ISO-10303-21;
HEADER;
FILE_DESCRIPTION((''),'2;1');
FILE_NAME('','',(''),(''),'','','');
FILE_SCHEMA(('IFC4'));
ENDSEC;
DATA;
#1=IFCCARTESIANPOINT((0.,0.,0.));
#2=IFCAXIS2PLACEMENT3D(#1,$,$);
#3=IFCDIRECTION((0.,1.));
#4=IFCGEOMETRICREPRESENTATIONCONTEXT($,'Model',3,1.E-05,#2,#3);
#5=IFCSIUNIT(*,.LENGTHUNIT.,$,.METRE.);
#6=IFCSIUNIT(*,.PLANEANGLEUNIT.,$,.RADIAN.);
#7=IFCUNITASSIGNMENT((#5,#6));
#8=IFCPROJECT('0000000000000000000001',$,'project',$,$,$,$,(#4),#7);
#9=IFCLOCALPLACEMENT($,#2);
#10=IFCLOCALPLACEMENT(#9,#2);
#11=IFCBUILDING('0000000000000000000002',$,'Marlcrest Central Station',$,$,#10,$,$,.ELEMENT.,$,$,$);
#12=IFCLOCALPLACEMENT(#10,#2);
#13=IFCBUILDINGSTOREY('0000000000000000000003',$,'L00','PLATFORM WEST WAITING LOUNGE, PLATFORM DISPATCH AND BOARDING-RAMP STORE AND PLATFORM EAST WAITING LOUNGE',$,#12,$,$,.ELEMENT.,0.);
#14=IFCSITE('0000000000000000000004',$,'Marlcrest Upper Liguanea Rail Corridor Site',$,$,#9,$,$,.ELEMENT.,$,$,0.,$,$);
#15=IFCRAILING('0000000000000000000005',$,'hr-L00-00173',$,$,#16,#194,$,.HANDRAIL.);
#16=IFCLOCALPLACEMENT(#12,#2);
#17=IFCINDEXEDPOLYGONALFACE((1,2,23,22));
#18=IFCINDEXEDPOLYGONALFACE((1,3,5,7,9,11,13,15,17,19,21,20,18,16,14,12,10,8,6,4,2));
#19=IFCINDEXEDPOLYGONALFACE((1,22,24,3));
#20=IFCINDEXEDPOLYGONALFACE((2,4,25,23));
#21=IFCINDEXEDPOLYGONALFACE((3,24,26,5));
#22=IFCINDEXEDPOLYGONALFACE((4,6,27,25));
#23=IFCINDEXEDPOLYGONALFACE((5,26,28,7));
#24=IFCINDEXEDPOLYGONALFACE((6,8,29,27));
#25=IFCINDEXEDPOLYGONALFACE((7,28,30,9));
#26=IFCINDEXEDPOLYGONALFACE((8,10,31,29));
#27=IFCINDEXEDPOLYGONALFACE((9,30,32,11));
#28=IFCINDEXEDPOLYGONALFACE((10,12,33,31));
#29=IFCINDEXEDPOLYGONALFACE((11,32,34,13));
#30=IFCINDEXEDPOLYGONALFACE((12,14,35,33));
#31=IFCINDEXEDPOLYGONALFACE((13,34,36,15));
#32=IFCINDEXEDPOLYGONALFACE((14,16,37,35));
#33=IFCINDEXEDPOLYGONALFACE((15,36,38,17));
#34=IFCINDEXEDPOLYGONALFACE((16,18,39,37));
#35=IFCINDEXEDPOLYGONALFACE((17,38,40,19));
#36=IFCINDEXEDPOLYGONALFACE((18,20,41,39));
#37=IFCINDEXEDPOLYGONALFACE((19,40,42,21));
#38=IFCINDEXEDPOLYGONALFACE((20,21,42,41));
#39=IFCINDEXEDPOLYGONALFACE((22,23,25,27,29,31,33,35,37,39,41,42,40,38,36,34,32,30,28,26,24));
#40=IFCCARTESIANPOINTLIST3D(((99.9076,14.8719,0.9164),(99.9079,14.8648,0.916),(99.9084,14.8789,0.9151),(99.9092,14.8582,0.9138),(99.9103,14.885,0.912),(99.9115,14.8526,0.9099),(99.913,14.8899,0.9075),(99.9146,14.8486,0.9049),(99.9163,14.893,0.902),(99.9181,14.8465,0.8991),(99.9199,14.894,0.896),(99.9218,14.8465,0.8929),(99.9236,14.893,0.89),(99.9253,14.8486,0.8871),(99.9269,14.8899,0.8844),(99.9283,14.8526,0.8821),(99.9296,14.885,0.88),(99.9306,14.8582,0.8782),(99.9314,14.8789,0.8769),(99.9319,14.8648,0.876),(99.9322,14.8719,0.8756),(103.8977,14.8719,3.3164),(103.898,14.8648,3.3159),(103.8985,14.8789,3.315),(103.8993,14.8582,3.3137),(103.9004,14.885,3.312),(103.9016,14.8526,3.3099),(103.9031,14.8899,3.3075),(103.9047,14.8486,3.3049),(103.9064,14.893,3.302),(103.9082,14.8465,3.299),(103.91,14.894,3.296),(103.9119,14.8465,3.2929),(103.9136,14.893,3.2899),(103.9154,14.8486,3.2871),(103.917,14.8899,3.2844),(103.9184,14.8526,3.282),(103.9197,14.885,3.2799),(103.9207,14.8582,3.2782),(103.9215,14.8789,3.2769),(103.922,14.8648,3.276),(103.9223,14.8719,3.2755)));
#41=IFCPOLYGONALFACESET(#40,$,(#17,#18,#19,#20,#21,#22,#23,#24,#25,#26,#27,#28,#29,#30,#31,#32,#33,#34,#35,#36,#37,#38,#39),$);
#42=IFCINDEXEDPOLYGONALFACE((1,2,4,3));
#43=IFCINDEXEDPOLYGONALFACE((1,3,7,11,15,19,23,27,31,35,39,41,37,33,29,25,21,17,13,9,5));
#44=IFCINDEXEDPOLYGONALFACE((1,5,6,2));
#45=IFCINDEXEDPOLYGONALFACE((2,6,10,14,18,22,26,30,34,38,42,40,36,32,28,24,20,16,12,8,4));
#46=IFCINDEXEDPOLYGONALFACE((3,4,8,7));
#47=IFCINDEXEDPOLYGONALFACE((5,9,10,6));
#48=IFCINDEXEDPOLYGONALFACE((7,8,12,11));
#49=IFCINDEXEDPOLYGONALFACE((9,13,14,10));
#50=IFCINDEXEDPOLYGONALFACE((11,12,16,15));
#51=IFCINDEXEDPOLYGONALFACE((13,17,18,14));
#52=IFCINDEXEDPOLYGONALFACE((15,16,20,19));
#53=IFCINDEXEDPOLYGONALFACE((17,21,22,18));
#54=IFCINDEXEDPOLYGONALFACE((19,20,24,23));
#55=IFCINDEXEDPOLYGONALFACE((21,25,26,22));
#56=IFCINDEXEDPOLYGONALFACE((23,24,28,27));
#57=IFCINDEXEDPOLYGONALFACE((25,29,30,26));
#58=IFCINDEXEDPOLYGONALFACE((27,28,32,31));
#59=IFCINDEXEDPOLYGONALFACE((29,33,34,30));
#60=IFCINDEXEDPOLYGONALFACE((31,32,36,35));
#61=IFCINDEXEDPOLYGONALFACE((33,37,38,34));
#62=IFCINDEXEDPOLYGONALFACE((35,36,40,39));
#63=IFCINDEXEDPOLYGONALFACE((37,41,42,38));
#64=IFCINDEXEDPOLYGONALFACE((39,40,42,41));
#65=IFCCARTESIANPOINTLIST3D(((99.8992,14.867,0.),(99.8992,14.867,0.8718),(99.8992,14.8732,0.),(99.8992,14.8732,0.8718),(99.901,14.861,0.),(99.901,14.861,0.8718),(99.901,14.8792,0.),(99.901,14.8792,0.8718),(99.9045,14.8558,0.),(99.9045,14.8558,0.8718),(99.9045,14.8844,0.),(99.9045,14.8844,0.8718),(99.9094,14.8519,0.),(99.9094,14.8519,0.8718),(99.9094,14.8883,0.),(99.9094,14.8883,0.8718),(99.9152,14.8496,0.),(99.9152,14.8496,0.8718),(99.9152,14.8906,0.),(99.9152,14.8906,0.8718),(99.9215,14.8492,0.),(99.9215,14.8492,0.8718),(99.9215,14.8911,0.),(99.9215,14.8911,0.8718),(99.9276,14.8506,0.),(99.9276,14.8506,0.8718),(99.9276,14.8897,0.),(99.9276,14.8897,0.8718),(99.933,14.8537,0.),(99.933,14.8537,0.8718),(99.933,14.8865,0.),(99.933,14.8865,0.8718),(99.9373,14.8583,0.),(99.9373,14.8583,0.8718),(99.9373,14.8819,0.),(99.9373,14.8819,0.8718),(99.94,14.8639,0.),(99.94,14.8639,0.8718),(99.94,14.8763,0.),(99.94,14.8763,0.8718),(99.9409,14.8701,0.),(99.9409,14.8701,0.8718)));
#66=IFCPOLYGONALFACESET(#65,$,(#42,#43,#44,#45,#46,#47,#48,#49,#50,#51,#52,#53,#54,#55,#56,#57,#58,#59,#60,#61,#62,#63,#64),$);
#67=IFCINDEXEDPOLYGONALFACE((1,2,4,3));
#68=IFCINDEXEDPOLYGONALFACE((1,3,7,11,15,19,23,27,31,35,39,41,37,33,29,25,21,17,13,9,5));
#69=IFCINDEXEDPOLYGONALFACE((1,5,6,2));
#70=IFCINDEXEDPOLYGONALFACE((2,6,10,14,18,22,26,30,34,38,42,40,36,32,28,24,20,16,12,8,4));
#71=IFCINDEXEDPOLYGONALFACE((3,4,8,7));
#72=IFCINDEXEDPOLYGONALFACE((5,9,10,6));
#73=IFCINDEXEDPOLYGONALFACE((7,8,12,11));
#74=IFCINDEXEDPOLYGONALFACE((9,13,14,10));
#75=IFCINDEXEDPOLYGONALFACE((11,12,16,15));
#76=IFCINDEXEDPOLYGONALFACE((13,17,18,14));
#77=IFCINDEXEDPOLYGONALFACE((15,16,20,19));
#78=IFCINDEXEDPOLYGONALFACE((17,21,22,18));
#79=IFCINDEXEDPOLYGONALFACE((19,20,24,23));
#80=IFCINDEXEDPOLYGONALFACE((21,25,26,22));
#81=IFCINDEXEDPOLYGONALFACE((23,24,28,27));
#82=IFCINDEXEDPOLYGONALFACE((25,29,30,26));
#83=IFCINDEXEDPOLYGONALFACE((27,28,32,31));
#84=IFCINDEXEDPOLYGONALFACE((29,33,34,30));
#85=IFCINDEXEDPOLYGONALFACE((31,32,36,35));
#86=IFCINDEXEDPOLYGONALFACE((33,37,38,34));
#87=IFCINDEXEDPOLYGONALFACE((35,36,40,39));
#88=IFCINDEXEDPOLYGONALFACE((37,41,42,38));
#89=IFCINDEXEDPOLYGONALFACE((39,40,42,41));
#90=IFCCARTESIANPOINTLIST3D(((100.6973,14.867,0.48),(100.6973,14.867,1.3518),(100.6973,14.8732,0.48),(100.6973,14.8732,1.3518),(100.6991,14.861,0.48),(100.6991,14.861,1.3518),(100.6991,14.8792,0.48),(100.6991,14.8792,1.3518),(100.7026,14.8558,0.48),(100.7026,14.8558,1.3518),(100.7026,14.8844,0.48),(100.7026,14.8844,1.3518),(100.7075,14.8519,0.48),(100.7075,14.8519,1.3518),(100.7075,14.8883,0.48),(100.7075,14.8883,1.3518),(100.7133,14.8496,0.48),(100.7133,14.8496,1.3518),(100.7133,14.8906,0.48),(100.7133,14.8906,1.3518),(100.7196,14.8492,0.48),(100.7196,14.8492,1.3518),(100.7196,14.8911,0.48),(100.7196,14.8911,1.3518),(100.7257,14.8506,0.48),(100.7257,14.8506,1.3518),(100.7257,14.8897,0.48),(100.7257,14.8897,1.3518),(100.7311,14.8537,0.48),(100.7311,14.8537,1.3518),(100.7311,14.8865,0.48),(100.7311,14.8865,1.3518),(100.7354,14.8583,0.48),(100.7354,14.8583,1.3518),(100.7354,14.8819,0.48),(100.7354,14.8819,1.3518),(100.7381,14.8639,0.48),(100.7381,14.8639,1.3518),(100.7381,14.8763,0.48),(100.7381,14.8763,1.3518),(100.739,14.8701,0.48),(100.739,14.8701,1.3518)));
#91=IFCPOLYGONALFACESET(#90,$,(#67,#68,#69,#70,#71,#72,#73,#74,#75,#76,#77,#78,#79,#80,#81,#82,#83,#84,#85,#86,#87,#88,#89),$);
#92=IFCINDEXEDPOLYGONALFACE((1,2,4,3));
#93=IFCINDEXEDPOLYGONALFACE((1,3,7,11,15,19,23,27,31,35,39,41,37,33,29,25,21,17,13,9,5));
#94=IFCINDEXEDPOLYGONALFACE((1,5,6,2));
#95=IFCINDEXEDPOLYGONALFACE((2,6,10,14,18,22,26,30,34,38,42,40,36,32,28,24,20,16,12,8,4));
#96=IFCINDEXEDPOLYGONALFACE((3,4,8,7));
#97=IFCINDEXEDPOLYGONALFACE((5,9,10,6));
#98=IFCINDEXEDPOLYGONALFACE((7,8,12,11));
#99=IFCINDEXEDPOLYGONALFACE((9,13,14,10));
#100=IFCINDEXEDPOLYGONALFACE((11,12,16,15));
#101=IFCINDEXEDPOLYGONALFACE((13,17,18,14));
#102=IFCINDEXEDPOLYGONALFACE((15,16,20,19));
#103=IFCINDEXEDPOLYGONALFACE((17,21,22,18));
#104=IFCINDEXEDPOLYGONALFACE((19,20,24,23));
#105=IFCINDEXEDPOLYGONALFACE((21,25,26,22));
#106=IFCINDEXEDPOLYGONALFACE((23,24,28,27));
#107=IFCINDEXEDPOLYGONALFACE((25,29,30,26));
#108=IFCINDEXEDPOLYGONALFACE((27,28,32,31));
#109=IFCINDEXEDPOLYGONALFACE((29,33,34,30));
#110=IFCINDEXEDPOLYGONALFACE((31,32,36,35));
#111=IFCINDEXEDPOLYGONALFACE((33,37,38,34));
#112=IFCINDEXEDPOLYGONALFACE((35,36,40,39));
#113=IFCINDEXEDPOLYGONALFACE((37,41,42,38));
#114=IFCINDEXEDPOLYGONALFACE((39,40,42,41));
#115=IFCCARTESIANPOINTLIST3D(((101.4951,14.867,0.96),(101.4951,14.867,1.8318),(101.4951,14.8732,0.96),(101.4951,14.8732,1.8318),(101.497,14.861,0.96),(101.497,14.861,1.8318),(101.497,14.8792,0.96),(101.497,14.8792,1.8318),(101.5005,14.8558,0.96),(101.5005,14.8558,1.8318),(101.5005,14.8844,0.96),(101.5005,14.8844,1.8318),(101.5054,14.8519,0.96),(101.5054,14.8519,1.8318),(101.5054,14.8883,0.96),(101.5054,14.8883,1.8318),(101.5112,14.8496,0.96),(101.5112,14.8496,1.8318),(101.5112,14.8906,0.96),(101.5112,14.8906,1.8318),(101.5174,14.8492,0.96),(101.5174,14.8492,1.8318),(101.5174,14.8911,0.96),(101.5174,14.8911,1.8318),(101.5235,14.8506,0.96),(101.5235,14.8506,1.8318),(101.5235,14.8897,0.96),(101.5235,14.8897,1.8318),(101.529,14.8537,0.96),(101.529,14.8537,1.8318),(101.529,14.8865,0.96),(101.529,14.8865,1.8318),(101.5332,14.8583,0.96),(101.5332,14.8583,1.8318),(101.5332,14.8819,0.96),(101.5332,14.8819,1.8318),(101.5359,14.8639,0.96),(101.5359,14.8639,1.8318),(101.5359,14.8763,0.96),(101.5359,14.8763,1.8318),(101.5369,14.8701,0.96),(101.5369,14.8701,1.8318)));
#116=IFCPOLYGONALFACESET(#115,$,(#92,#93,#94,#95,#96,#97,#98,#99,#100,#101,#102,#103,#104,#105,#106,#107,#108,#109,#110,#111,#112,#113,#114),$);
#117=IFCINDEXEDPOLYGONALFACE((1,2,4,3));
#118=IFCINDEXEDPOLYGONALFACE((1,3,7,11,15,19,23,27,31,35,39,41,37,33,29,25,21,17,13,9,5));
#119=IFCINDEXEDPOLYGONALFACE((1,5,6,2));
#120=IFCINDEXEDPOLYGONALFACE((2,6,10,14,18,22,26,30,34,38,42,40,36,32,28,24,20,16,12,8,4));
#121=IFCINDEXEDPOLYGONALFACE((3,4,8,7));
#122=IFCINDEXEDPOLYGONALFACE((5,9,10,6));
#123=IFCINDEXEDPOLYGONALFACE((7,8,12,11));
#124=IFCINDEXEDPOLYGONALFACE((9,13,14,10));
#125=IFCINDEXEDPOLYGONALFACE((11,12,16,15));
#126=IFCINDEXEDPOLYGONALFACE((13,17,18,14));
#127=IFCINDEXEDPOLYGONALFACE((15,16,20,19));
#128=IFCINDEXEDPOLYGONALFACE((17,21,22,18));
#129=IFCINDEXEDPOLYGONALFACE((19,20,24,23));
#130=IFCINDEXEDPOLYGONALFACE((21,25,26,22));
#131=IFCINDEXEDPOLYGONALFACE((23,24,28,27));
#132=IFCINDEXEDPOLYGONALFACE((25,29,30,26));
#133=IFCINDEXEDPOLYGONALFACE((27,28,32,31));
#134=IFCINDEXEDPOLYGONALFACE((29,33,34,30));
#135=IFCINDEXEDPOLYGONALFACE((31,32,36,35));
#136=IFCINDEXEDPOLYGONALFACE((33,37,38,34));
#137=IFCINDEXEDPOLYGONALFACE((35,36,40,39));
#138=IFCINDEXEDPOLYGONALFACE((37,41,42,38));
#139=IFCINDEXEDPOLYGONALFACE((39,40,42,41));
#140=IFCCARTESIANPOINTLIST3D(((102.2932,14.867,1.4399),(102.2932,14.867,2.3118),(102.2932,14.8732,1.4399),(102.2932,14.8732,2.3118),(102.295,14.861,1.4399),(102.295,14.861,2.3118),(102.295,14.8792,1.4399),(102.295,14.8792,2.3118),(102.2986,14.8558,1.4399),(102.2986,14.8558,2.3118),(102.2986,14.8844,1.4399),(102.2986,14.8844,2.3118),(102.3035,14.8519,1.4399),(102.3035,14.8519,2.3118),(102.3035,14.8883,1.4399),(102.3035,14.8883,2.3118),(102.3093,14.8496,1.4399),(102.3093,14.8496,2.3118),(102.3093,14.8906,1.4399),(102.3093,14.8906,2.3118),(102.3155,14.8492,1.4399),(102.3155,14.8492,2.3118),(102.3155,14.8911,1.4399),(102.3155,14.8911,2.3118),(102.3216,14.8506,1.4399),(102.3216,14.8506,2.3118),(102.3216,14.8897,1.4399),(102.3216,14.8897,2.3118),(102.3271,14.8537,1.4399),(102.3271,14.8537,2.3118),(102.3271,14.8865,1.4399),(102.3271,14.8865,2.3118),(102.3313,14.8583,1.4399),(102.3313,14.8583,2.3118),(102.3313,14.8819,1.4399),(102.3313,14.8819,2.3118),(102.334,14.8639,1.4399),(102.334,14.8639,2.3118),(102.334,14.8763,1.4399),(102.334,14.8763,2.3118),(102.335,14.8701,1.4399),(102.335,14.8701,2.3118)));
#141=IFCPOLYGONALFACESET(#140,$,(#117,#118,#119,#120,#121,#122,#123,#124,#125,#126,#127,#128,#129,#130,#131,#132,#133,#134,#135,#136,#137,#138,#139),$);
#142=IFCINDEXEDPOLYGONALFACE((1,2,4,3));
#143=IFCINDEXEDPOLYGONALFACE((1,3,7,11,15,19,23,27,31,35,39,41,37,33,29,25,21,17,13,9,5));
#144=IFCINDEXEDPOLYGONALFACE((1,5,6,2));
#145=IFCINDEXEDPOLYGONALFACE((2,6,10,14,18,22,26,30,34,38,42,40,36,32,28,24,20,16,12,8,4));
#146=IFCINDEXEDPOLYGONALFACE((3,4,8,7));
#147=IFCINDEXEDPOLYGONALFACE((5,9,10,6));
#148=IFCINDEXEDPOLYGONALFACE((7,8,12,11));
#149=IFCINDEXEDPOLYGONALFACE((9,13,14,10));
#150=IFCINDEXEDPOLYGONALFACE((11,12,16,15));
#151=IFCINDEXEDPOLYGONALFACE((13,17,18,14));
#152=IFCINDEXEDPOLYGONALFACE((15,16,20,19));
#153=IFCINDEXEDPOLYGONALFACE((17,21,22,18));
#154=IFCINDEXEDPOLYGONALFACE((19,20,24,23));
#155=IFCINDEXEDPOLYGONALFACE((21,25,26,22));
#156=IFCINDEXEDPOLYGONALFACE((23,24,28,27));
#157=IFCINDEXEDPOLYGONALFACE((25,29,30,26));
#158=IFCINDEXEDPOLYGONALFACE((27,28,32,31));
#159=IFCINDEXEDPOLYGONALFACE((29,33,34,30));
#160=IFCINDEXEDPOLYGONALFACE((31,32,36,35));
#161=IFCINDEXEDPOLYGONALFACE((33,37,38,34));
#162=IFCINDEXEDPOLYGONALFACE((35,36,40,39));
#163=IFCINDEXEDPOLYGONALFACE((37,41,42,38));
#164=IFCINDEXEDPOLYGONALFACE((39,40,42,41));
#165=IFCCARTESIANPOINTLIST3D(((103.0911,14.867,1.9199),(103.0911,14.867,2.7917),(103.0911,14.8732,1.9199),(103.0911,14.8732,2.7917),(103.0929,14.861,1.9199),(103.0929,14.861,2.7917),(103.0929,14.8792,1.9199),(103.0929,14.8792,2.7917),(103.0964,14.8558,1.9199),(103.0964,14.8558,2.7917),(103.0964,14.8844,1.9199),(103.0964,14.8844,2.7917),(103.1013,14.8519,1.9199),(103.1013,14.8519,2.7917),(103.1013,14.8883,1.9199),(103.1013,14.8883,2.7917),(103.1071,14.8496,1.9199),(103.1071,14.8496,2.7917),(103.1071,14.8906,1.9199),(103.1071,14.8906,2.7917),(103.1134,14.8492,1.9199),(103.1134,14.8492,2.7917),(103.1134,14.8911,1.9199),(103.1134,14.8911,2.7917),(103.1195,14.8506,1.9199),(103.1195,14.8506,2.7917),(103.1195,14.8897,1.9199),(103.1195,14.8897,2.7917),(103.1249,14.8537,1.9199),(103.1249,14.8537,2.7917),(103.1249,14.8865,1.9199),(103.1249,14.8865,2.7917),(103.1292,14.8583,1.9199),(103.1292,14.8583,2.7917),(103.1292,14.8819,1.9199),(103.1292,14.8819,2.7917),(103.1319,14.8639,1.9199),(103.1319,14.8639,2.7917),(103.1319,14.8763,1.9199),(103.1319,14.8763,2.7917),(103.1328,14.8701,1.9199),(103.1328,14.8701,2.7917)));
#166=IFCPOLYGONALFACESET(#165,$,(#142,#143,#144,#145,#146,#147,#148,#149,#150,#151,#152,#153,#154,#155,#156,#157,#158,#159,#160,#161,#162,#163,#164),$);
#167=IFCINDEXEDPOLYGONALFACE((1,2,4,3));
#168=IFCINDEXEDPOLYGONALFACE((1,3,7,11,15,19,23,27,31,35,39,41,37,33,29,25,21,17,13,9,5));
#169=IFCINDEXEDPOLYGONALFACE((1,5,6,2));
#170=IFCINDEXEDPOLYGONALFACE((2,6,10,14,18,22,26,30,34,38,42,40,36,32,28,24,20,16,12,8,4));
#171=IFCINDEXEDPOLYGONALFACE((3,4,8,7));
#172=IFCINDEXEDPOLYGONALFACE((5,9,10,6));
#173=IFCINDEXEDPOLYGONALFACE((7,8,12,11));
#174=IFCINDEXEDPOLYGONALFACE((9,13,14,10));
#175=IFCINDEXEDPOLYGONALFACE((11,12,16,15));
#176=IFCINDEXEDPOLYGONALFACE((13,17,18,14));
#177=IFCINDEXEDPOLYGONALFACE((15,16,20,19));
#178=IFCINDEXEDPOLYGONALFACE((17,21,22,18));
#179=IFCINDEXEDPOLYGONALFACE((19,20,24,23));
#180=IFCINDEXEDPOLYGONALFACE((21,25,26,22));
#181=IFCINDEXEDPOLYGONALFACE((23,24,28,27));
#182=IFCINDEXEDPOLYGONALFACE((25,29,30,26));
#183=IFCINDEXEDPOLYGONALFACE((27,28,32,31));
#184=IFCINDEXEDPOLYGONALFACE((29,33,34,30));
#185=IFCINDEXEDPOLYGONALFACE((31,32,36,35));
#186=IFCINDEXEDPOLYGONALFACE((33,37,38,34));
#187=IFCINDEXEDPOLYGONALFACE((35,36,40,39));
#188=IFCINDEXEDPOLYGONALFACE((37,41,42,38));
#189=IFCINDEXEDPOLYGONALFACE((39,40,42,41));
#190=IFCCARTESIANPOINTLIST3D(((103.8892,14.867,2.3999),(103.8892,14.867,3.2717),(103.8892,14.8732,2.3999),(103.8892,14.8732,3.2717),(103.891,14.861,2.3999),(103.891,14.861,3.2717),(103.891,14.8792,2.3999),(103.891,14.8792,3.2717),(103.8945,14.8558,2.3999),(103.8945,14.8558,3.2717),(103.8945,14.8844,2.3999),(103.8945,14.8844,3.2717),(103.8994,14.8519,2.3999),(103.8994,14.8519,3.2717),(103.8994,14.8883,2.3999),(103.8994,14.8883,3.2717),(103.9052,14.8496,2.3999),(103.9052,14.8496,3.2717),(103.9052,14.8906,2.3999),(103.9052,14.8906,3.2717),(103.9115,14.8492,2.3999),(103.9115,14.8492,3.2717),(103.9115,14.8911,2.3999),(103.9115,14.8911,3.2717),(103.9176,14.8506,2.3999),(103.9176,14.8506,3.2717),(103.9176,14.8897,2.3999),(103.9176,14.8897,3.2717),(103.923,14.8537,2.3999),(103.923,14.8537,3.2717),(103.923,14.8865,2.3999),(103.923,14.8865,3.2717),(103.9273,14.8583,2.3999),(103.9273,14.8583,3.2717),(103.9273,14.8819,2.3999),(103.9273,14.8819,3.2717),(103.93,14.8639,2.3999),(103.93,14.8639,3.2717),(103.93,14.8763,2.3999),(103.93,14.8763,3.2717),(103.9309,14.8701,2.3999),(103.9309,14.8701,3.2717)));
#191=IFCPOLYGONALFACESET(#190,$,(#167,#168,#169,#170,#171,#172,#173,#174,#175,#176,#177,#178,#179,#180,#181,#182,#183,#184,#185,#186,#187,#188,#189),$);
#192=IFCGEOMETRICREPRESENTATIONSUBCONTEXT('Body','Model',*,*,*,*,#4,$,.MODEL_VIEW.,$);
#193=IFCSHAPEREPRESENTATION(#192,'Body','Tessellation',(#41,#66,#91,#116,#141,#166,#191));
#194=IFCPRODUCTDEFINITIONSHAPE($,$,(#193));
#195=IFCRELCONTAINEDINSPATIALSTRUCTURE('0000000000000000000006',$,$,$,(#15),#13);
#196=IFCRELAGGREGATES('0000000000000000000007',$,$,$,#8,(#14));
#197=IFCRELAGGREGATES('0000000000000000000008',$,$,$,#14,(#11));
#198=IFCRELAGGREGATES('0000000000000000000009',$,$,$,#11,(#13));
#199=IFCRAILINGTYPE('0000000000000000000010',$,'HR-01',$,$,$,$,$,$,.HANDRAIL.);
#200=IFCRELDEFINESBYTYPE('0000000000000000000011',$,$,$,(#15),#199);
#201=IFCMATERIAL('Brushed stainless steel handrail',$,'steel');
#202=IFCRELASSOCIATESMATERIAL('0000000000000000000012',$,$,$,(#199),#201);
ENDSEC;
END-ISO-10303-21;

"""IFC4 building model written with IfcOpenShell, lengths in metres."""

from ifc_helpers import new_model, si_unit, direction, frame, origin, origin_2d, place, context, subcontext, project, spatial, circle, extrude, material, type_object, element, save


model = new_model("IFC4")

# Units and contexts
model_context = context("Model", 3, precision=1e-05, world=origin(), true_north=direction((0.0, 1.0)))
body_context = subcontext(model_context, "Body", "Model", "MODEL_VIEW")
ifc_project = project(units=[si_unit("LENGTHUNIT", "METRE"), si_unit("PLANEANGLEUNIT", "RADIAN")], contexts=[model_context])

# Site, building, storey
site_placement = place(None, origin())
site = spatial("IfcSite", under=ifc_project, at=site_placement, Name="Marlcrest Upper Liguanea Rail Corridor Site", CompositionType="ELEMENT", RefElevation=0.0)
building_placement = place(site_placement, origin())
building = spatial("IfcBuilding", under=site, at=building_placement, Name="Marlcrest Central Station", CompositionType="ELEMENT")
storey_placement = place(building_placement, origin())
storey = spatial("IfcBuildingStorey", under=building, at=storey_placement, Name="L00", Description="PLATFORM WEST WAITING LOUNGE, PLATFORM DISPATCH AND BOARDING-RAMP STORE AND PLATFORM EAST WAITING LOUNGE", CompositionType="ELEMENT", Elevation=0.0)

# Railing
ifc_material_1 = material(Name="Brushed stainless steel handrail", Category="steel")
railing_type_1 = type_object("IfcRailingType", Name="HR-01", PredefinedType="HANDRAIL", material=ifc_material_1)
railing_1_placement = place(storey_placement, frame((99.9199, 14.8701, 0.0)))
element("IfcRailing", 1, at=railing_1_placement, inside=storey, type_object=railing_type_1, Name="hr-L00-00173", PredefinedType="HANDRAIL", context=body_context, shape_type="SweptSolid", body=[
    extrude(circle(Radius=0.0239, at=origin_2d()), frame((0.0, 0.0, 0.896), z_axis=(0.856933, 0.0, 0.515428), x_axis=(0.0, 1.0, 0.0)), (0.0, 0.0, 1.0), 4.6562),
    extrude(circle(Radius=0.021, at=origin_2d()), origin(), (0.0, 0.0, 1.0), 0.8718),
    extrude(circle(Radius=0.021, at=origin_2d()), frame((0.7981, 0.0, 0.48)), (0.0, 0.0, 1.0), 0.8718),
    extrude(circle(Radius=0.021, at=origin_2d()), frame((1.5959, 0.0, 0.96)), (0.0, 0.0, 1.0), 0.8718),
    extrude(circle(Radius=0.021, at=origin_2d()), frame((2.394, 0.0, 1.4399)), (0.0, 0.0, 1.0), 0.8718),
    extrude(circle(Radius=0.021, at=origin_2d()), frame((3.1919, 0.0, 1.9199)), (0.0, 0.0, 1.0), 0.8718),
    extrude(circle(Radius=0.021, at=origin_2d()), frame((3.99, 0.0, 2.3999)), (0.0, 0.0, 1.0), 0.8718),
])

save(model, "model.ifc")
